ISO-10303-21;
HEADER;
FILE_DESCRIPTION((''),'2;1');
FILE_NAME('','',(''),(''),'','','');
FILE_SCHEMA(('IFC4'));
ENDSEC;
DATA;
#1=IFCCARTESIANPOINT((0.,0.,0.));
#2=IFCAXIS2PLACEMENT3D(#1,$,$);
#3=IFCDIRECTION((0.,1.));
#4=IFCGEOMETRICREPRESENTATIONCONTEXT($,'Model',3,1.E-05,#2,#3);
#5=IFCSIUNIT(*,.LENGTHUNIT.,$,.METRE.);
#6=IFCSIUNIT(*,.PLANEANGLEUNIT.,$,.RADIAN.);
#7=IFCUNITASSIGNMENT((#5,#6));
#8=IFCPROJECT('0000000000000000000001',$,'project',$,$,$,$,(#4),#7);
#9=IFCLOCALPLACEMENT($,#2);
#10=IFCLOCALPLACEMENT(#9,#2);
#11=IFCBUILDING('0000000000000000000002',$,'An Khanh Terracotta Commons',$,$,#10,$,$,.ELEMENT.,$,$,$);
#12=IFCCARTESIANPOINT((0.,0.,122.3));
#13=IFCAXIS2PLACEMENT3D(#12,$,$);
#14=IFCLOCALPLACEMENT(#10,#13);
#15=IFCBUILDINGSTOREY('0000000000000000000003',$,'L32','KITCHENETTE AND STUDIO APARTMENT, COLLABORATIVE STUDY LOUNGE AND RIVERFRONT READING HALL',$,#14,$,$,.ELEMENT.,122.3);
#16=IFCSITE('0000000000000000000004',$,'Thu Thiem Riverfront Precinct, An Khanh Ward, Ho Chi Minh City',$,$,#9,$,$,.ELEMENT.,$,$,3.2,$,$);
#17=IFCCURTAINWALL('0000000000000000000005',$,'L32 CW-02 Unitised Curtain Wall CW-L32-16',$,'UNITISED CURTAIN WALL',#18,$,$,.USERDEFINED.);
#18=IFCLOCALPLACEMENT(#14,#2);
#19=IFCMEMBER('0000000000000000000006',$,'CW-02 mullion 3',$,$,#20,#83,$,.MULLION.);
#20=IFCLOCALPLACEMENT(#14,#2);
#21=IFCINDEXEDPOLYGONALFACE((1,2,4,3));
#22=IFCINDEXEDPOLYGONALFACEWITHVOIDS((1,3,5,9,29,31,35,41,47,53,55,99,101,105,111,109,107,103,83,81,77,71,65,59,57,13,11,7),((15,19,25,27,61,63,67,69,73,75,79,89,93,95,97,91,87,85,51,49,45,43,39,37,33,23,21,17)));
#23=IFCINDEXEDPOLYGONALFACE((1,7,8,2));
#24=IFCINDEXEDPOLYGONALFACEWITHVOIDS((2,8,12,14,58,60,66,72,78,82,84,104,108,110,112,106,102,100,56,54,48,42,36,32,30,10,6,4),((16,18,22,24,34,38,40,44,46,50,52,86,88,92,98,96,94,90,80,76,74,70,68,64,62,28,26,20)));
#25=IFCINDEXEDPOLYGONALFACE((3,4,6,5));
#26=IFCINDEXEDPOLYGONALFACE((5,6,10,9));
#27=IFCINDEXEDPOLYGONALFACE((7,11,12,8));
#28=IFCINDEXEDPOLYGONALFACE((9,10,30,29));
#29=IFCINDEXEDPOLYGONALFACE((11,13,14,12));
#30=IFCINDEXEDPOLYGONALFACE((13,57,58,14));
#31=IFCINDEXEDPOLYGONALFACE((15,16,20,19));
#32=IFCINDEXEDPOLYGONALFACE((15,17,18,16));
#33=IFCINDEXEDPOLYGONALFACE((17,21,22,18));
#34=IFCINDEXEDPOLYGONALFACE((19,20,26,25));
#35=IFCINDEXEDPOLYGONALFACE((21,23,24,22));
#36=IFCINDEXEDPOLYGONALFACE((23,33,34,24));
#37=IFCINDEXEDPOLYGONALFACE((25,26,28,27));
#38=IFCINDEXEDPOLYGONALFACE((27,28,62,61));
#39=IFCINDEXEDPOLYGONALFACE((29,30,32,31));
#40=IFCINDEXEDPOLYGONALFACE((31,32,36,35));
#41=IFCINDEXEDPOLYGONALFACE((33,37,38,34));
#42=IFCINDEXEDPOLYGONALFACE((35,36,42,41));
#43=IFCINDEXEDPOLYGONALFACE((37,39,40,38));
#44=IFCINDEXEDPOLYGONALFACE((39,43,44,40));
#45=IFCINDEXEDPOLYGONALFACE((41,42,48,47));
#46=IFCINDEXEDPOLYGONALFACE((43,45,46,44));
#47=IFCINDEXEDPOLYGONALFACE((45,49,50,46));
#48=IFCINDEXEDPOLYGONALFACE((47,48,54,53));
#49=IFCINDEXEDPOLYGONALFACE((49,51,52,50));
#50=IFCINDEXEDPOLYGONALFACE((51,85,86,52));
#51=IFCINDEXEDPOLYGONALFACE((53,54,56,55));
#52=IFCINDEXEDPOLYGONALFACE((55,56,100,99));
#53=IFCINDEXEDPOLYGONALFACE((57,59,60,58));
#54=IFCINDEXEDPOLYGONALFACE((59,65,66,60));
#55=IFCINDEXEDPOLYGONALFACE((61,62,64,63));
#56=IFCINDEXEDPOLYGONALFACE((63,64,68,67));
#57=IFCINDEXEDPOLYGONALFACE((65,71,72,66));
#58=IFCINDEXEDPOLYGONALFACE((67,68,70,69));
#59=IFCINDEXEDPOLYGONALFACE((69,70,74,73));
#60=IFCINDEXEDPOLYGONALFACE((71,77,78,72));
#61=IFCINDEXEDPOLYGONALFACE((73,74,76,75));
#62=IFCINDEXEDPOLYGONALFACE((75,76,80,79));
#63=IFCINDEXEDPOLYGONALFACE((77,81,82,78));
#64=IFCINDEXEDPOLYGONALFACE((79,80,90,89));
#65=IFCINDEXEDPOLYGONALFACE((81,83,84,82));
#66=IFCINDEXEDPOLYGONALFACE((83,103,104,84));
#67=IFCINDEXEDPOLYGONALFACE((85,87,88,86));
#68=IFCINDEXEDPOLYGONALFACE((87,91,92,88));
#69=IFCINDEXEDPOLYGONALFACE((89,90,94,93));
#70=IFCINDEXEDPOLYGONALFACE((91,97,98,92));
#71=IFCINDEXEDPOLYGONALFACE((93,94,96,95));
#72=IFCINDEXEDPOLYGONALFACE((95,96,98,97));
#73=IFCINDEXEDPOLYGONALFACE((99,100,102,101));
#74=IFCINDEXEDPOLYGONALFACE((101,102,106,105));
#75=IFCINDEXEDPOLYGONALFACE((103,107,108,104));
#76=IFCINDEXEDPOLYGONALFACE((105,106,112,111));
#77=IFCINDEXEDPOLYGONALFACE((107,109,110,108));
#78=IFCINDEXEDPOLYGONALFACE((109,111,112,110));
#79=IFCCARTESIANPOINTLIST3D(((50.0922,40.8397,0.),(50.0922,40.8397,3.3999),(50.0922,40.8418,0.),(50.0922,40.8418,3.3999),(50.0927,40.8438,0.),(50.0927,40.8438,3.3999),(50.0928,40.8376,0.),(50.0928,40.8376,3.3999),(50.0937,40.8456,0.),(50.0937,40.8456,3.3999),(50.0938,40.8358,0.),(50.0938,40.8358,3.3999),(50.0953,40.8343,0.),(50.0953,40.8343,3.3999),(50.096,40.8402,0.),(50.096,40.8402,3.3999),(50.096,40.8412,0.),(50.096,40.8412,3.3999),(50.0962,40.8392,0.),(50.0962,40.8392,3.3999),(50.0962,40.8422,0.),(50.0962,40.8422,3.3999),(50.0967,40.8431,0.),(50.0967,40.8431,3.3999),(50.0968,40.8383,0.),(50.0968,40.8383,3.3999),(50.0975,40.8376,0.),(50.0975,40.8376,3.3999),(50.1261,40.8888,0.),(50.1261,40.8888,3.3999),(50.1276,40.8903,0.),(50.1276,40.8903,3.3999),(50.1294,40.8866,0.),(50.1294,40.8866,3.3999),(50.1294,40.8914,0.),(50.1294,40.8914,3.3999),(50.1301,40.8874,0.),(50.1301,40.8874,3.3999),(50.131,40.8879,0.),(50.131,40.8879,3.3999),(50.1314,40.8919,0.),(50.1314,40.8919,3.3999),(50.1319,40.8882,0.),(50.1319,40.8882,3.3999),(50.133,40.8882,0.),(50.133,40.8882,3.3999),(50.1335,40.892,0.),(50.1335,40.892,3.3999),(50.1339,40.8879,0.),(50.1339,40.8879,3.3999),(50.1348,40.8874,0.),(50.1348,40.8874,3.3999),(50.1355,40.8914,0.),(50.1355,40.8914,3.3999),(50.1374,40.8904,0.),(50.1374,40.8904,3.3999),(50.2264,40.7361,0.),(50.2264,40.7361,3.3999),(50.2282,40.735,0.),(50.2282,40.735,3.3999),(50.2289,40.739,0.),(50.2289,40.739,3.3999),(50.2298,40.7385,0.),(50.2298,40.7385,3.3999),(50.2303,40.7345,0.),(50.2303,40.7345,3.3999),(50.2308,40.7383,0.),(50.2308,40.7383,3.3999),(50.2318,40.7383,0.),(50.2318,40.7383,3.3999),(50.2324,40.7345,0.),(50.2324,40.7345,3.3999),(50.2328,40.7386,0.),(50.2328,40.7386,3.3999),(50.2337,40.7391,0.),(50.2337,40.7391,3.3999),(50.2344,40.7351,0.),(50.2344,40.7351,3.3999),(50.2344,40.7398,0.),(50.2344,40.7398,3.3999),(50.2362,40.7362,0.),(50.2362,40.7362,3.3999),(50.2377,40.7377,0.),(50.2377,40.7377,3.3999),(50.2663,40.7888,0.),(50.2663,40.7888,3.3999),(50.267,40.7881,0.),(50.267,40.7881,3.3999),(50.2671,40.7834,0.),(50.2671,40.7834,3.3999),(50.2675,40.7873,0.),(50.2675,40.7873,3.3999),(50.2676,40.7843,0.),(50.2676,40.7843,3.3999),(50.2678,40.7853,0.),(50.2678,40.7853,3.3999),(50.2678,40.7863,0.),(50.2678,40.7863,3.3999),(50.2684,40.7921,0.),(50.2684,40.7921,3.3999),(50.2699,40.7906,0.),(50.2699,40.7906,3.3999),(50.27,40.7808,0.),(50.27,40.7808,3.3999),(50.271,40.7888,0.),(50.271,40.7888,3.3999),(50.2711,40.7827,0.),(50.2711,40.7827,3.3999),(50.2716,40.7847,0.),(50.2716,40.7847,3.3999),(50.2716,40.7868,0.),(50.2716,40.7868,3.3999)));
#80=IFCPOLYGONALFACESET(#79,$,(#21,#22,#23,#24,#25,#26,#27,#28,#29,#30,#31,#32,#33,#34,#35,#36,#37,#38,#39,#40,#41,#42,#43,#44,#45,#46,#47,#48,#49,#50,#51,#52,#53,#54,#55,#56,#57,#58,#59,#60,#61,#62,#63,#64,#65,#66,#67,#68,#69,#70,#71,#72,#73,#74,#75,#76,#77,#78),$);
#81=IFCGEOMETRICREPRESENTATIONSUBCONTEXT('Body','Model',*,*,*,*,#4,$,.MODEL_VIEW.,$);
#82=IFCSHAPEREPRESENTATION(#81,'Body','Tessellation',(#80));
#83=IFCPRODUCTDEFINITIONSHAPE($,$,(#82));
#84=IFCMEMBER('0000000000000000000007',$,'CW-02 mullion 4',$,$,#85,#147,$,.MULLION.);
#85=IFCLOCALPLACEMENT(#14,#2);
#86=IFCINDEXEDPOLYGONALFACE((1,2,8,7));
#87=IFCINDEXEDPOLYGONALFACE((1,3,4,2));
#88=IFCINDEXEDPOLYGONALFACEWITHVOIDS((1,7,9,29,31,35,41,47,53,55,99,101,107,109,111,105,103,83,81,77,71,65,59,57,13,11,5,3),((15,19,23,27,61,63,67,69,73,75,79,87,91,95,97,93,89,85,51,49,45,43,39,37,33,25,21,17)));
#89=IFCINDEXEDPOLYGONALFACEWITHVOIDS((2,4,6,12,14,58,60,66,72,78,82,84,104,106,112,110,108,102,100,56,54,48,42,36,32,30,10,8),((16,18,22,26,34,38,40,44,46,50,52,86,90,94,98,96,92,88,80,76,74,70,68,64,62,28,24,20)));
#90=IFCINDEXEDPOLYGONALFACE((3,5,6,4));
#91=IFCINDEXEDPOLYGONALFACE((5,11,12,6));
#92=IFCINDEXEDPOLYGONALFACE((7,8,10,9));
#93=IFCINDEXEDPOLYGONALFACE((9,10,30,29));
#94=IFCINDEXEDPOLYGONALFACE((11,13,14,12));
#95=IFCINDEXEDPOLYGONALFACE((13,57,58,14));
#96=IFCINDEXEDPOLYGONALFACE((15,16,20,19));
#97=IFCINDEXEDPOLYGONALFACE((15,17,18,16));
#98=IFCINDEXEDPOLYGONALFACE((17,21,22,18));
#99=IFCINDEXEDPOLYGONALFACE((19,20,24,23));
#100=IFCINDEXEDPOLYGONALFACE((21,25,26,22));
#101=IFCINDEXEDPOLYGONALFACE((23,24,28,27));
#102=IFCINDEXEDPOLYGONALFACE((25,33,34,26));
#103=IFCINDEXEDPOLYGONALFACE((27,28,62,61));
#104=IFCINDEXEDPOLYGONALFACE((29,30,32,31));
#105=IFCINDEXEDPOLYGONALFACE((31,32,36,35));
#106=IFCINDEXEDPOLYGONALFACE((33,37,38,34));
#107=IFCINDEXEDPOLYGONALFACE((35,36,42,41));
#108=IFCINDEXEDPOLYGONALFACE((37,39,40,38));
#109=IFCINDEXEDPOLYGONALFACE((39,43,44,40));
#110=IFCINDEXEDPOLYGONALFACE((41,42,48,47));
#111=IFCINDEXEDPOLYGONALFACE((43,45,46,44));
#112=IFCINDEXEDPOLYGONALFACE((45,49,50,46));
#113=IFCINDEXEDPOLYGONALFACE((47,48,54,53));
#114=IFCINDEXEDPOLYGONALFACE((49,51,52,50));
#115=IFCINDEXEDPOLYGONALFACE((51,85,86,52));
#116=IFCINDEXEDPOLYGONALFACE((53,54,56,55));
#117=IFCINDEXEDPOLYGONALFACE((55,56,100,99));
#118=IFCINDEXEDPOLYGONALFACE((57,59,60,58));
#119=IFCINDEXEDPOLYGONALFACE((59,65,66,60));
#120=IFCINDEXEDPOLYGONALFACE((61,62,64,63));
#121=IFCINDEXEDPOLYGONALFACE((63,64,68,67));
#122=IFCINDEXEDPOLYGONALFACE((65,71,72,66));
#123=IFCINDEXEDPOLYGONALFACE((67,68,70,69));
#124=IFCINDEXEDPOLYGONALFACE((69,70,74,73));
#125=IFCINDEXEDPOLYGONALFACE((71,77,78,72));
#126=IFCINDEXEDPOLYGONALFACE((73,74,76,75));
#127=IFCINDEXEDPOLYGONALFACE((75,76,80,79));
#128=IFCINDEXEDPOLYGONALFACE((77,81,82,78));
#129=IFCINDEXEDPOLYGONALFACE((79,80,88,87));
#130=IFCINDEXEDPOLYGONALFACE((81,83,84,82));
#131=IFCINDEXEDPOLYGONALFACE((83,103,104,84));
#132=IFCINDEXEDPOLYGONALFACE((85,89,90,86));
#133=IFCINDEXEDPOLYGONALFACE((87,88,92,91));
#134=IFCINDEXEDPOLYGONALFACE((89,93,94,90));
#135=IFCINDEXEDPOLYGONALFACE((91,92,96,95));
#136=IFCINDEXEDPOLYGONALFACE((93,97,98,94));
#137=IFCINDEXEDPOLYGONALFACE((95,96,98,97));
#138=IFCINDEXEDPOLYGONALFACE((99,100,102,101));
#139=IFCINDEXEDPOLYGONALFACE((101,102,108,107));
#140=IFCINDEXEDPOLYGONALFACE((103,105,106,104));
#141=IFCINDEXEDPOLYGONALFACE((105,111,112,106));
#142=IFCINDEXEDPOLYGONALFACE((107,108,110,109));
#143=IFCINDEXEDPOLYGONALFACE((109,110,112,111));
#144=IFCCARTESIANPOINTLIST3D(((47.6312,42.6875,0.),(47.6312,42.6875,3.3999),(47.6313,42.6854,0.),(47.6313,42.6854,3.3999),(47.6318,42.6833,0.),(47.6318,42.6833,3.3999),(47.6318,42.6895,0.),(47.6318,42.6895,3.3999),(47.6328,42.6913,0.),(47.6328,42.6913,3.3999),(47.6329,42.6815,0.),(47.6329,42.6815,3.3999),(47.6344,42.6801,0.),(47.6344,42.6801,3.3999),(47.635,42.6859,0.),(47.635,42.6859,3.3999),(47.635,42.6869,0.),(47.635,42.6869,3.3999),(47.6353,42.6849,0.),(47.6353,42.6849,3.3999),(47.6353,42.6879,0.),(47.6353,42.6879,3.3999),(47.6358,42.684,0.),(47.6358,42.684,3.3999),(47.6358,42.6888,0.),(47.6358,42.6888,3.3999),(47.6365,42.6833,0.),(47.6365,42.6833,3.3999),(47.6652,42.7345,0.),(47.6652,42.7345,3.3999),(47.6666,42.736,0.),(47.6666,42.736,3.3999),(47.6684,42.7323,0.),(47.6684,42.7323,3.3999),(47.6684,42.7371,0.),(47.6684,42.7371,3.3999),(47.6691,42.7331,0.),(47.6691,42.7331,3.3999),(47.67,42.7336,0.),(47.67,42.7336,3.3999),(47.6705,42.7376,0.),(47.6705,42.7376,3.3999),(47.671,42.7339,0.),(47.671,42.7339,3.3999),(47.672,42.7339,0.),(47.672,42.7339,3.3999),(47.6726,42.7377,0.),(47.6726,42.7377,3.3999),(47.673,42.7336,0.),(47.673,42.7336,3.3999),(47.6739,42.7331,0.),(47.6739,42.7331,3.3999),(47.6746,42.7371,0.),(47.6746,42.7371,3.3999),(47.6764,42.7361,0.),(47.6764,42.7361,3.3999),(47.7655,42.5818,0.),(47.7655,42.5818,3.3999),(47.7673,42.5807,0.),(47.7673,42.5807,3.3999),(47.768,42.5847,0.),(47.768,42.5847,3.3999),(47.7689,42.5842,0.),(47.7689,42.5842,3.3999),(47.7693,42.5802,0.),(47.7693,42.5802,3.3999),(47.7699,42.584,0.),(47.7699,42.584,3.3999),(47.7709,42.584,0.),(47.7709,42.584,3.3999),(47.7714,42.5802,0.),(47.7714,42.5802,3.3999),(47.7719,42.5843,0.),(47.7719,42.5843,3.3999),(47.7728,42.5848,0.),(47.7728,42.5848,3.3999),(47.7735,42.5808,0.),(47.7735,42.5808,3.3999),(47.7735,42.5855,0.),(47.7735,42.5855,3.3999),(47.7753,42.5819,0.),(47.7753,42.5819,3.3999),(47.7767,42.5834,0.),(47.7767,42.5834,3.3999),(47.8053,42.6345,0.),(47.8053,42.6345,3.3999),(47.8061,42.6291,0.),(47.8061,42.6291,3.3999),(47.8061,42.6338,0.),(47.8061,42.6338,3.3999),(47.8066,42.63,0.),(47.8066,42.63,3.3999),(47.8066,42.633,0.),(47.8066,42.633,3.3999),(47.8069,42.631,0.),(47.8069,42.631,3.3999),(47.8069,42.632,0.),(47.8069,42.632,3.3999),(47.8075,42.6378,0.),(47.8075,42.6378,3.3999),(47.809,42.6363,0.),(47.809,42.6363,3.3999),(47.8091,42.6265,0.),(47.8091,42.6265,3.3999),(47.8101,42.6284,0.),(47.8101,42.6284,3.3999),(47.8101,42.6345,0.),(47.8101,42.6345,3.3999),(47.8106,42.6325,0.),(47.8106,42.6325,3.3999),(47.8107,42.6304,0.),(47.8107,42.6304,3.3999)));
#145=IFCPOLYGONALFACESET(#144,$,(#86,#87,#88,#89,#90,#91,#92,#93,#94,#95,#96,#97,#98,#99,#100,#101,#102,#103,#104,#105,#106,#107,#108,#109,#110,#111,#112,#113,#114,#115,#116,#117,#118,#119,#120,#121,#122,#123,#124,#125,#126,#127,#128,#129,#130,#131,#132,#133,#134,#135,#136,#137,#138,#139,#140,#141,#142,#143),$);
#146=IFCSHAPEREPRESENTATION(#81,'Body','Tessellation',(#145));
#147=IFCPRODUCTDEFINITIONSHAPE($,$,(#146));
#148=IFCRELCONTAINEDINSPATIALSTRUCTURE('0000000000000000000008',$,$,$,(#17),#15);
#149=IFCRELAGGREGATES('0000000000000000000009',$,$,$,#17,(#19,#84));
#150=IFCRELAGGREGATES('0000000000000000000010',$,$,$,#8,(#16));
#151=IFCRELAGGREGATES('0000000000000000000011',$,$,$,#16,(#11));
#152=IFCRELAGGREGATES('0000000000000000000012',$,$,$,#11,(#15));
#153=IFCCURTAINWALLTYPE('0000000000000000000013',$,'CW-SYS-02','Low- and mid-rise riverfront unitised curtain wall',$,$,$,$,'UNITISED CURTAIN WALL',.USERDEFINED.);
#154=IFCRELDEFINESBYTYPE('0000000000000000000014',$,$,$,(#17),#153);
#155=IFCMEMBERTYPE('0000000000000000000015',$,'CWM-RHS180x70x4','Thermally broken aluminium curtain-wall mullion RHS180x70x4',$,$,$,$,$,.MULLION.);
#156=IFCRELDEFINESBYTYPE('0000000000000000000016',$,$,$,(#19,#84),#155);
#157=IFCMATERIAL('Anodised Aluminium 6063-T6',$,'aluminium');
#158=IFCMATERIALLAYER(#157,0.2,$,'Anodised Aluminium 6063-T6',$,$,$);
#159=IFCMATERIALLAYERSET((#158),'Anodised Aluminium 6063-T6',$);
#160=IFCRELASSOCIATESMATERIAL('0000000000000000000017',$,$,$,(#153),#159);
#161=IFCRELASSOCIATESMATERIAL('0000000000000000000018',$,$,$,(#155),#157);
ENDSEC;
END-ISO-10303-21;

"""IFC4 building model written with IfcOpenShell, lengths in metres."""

from ifc_helpers import new_model, si_unit, direction, frame, origin, origin_2d, place, context, subcontext, project, spatial, hollow_rectangle, extrude, material, layer, layer_set, material_profile, profile_set, type_object, element, aggregate, save


model = new_model("IFC4")

# Units and contexts
model_context = context("Model", 3, precision=1e-05, world=origin(), true_north=direction((0.0, 1.0)))
body_context = subcontext(model_context, "Body", "Model", "MODEL_VIEW")
ifc_project = project(units=[si_unit("LENGTHUNIT", "METRE"), si_unit("PLANEANGLEUNIT", "RADIAN")], contexts=[model_context])

# Site, building, storey
site_placement = place(None, origin())
site = spatial("IfcSite", under=ifc_project, at=site_placement, Name="Thu Thiem Riverfront Precinct, An Khanh Ward, Ho Chi Minh City", CompositionType="ELEMENT", RefElevation=3.2)
building_placement = place(site_placement, origin())
building = spatial("IfcBuilding", under=site, at=building_placement, Name="An Khanh Terracotta Commons", CompositionType="ELEMENT")
storey_placement = place(building_placement, frame((0.0, 0.0, 122.3)))
storey = spatial("IfcBuildingStorey", under=building, at=storey_placement, Name="L32", Description="KITCHENETTE AND STUDIO APARTMENT, COLLABORATIVE STUDY LOUNGE AND RIVERFRONT READING HALL", CompositionType="ELEMENT", Elevation=122.3)

# Curtain wall, members
ifc_material_1 = material(Name="Anodised Aluminium 6063-T6", Category="aluminium")
ifc_layer_1 = layer(ifc_material_1, 0.2, Name="Anodised Aluminium 6063-T6")
ifc_layer_set_1 = layer_set([ifc_layer_1], Name="Anodised Aluminium 6063-T6")
curtain_wall_type = type_object("IfcCurtainWallType", Name="CW-SYS-02", Description="Low- and mid-rise riverfront unitised curtain wall", ElementType="UNITISED CURTAIN WALL", PredefinedType="USERDEFINED", material=ifc_layer_set_1)
curtain_wall_placement = place(storey_placement, origin())
curtain_wall = element("IfcCurtainWall", 1, at=curtain_wall_placement, inside=storey, type_object=curtain_wall_type, Name="L32 CW-02 Unitised Curtain Wall CW-L32-16", ObjectType="UNITISED CURTAIN WALL", PredefinedType="USERDEFINED")
ifc_material_profile_1 = material_profile(ifc_material_1, hollow_rectangle(XDim=0.0701, YDim=0.1799, WallThickness=0.0039, InnerFilletRadius=0.0039, OuterFilletRadius=0.0081, at=origin_2d()), Name="RHS180x70x4")
ifc_profile_set_1 = profile_set([ifc_material_profile_1], Name="Anodised Aluminium 6063-T6")
member_type_1 = type_object("IfcMemberType", Name="CWM-RHS180x70x4", Description="Thermally broken aluminium curtain-wall mullion RHS180x70x4", PredefinedType="MULLION", material=ifc_profile_set_1)
member_1_placement = place(storey_placement, frame((50.1819, 40.8132, 0.0), z_axis=(0.0, 0.0, 1.0), x_axis=(-0.599983, -0.800013, 0.0)))
member_1 = element("IfcMember", 2, at=member_1_placement, type_object=member_type_1, Name="CW-02 mullion 3", PredefinedType="MULLION", context=body_context, shape_type="SweptSolid", body=[
    extrude(hollow_rectangle(XDim=0.0701, YDim=0.1799, WallThickness=0.0039, InnerFilletRadius=0.0039, OuterFilletRadius=0.0081, at=origin_2d()), origin(), (0.0, 0.0, 1.0), 3.3999),
])
member_2_placement = place(storey_placement, frame((47.7209, 42.6589, 0.0), z_axis=(0.0, 0.0, 1.0), x_axis=(-0.599983, -0.800013, 0.0)))
member_2 = element("IfcMember", 3, at=member_2_placement, type_object=member_type_1, Name="CW-02 mullion 4", PredefinedType="MULLION", context=body_context, shape_type="SweptSolid", body=[
    extrude(hollow_rectangle(XDim=0.0701, YDim=0.1799, WallThickness=0.0039, InnerFilletRadius=0.0039, OuterFilletRadius=0.0081, at=origin_2d()), origin(), (0.0, 0.0, 1.0), 3.3999),
])
aggregate(curtain_wall, [member_1, member_2])

save(model, "model.ifc")
